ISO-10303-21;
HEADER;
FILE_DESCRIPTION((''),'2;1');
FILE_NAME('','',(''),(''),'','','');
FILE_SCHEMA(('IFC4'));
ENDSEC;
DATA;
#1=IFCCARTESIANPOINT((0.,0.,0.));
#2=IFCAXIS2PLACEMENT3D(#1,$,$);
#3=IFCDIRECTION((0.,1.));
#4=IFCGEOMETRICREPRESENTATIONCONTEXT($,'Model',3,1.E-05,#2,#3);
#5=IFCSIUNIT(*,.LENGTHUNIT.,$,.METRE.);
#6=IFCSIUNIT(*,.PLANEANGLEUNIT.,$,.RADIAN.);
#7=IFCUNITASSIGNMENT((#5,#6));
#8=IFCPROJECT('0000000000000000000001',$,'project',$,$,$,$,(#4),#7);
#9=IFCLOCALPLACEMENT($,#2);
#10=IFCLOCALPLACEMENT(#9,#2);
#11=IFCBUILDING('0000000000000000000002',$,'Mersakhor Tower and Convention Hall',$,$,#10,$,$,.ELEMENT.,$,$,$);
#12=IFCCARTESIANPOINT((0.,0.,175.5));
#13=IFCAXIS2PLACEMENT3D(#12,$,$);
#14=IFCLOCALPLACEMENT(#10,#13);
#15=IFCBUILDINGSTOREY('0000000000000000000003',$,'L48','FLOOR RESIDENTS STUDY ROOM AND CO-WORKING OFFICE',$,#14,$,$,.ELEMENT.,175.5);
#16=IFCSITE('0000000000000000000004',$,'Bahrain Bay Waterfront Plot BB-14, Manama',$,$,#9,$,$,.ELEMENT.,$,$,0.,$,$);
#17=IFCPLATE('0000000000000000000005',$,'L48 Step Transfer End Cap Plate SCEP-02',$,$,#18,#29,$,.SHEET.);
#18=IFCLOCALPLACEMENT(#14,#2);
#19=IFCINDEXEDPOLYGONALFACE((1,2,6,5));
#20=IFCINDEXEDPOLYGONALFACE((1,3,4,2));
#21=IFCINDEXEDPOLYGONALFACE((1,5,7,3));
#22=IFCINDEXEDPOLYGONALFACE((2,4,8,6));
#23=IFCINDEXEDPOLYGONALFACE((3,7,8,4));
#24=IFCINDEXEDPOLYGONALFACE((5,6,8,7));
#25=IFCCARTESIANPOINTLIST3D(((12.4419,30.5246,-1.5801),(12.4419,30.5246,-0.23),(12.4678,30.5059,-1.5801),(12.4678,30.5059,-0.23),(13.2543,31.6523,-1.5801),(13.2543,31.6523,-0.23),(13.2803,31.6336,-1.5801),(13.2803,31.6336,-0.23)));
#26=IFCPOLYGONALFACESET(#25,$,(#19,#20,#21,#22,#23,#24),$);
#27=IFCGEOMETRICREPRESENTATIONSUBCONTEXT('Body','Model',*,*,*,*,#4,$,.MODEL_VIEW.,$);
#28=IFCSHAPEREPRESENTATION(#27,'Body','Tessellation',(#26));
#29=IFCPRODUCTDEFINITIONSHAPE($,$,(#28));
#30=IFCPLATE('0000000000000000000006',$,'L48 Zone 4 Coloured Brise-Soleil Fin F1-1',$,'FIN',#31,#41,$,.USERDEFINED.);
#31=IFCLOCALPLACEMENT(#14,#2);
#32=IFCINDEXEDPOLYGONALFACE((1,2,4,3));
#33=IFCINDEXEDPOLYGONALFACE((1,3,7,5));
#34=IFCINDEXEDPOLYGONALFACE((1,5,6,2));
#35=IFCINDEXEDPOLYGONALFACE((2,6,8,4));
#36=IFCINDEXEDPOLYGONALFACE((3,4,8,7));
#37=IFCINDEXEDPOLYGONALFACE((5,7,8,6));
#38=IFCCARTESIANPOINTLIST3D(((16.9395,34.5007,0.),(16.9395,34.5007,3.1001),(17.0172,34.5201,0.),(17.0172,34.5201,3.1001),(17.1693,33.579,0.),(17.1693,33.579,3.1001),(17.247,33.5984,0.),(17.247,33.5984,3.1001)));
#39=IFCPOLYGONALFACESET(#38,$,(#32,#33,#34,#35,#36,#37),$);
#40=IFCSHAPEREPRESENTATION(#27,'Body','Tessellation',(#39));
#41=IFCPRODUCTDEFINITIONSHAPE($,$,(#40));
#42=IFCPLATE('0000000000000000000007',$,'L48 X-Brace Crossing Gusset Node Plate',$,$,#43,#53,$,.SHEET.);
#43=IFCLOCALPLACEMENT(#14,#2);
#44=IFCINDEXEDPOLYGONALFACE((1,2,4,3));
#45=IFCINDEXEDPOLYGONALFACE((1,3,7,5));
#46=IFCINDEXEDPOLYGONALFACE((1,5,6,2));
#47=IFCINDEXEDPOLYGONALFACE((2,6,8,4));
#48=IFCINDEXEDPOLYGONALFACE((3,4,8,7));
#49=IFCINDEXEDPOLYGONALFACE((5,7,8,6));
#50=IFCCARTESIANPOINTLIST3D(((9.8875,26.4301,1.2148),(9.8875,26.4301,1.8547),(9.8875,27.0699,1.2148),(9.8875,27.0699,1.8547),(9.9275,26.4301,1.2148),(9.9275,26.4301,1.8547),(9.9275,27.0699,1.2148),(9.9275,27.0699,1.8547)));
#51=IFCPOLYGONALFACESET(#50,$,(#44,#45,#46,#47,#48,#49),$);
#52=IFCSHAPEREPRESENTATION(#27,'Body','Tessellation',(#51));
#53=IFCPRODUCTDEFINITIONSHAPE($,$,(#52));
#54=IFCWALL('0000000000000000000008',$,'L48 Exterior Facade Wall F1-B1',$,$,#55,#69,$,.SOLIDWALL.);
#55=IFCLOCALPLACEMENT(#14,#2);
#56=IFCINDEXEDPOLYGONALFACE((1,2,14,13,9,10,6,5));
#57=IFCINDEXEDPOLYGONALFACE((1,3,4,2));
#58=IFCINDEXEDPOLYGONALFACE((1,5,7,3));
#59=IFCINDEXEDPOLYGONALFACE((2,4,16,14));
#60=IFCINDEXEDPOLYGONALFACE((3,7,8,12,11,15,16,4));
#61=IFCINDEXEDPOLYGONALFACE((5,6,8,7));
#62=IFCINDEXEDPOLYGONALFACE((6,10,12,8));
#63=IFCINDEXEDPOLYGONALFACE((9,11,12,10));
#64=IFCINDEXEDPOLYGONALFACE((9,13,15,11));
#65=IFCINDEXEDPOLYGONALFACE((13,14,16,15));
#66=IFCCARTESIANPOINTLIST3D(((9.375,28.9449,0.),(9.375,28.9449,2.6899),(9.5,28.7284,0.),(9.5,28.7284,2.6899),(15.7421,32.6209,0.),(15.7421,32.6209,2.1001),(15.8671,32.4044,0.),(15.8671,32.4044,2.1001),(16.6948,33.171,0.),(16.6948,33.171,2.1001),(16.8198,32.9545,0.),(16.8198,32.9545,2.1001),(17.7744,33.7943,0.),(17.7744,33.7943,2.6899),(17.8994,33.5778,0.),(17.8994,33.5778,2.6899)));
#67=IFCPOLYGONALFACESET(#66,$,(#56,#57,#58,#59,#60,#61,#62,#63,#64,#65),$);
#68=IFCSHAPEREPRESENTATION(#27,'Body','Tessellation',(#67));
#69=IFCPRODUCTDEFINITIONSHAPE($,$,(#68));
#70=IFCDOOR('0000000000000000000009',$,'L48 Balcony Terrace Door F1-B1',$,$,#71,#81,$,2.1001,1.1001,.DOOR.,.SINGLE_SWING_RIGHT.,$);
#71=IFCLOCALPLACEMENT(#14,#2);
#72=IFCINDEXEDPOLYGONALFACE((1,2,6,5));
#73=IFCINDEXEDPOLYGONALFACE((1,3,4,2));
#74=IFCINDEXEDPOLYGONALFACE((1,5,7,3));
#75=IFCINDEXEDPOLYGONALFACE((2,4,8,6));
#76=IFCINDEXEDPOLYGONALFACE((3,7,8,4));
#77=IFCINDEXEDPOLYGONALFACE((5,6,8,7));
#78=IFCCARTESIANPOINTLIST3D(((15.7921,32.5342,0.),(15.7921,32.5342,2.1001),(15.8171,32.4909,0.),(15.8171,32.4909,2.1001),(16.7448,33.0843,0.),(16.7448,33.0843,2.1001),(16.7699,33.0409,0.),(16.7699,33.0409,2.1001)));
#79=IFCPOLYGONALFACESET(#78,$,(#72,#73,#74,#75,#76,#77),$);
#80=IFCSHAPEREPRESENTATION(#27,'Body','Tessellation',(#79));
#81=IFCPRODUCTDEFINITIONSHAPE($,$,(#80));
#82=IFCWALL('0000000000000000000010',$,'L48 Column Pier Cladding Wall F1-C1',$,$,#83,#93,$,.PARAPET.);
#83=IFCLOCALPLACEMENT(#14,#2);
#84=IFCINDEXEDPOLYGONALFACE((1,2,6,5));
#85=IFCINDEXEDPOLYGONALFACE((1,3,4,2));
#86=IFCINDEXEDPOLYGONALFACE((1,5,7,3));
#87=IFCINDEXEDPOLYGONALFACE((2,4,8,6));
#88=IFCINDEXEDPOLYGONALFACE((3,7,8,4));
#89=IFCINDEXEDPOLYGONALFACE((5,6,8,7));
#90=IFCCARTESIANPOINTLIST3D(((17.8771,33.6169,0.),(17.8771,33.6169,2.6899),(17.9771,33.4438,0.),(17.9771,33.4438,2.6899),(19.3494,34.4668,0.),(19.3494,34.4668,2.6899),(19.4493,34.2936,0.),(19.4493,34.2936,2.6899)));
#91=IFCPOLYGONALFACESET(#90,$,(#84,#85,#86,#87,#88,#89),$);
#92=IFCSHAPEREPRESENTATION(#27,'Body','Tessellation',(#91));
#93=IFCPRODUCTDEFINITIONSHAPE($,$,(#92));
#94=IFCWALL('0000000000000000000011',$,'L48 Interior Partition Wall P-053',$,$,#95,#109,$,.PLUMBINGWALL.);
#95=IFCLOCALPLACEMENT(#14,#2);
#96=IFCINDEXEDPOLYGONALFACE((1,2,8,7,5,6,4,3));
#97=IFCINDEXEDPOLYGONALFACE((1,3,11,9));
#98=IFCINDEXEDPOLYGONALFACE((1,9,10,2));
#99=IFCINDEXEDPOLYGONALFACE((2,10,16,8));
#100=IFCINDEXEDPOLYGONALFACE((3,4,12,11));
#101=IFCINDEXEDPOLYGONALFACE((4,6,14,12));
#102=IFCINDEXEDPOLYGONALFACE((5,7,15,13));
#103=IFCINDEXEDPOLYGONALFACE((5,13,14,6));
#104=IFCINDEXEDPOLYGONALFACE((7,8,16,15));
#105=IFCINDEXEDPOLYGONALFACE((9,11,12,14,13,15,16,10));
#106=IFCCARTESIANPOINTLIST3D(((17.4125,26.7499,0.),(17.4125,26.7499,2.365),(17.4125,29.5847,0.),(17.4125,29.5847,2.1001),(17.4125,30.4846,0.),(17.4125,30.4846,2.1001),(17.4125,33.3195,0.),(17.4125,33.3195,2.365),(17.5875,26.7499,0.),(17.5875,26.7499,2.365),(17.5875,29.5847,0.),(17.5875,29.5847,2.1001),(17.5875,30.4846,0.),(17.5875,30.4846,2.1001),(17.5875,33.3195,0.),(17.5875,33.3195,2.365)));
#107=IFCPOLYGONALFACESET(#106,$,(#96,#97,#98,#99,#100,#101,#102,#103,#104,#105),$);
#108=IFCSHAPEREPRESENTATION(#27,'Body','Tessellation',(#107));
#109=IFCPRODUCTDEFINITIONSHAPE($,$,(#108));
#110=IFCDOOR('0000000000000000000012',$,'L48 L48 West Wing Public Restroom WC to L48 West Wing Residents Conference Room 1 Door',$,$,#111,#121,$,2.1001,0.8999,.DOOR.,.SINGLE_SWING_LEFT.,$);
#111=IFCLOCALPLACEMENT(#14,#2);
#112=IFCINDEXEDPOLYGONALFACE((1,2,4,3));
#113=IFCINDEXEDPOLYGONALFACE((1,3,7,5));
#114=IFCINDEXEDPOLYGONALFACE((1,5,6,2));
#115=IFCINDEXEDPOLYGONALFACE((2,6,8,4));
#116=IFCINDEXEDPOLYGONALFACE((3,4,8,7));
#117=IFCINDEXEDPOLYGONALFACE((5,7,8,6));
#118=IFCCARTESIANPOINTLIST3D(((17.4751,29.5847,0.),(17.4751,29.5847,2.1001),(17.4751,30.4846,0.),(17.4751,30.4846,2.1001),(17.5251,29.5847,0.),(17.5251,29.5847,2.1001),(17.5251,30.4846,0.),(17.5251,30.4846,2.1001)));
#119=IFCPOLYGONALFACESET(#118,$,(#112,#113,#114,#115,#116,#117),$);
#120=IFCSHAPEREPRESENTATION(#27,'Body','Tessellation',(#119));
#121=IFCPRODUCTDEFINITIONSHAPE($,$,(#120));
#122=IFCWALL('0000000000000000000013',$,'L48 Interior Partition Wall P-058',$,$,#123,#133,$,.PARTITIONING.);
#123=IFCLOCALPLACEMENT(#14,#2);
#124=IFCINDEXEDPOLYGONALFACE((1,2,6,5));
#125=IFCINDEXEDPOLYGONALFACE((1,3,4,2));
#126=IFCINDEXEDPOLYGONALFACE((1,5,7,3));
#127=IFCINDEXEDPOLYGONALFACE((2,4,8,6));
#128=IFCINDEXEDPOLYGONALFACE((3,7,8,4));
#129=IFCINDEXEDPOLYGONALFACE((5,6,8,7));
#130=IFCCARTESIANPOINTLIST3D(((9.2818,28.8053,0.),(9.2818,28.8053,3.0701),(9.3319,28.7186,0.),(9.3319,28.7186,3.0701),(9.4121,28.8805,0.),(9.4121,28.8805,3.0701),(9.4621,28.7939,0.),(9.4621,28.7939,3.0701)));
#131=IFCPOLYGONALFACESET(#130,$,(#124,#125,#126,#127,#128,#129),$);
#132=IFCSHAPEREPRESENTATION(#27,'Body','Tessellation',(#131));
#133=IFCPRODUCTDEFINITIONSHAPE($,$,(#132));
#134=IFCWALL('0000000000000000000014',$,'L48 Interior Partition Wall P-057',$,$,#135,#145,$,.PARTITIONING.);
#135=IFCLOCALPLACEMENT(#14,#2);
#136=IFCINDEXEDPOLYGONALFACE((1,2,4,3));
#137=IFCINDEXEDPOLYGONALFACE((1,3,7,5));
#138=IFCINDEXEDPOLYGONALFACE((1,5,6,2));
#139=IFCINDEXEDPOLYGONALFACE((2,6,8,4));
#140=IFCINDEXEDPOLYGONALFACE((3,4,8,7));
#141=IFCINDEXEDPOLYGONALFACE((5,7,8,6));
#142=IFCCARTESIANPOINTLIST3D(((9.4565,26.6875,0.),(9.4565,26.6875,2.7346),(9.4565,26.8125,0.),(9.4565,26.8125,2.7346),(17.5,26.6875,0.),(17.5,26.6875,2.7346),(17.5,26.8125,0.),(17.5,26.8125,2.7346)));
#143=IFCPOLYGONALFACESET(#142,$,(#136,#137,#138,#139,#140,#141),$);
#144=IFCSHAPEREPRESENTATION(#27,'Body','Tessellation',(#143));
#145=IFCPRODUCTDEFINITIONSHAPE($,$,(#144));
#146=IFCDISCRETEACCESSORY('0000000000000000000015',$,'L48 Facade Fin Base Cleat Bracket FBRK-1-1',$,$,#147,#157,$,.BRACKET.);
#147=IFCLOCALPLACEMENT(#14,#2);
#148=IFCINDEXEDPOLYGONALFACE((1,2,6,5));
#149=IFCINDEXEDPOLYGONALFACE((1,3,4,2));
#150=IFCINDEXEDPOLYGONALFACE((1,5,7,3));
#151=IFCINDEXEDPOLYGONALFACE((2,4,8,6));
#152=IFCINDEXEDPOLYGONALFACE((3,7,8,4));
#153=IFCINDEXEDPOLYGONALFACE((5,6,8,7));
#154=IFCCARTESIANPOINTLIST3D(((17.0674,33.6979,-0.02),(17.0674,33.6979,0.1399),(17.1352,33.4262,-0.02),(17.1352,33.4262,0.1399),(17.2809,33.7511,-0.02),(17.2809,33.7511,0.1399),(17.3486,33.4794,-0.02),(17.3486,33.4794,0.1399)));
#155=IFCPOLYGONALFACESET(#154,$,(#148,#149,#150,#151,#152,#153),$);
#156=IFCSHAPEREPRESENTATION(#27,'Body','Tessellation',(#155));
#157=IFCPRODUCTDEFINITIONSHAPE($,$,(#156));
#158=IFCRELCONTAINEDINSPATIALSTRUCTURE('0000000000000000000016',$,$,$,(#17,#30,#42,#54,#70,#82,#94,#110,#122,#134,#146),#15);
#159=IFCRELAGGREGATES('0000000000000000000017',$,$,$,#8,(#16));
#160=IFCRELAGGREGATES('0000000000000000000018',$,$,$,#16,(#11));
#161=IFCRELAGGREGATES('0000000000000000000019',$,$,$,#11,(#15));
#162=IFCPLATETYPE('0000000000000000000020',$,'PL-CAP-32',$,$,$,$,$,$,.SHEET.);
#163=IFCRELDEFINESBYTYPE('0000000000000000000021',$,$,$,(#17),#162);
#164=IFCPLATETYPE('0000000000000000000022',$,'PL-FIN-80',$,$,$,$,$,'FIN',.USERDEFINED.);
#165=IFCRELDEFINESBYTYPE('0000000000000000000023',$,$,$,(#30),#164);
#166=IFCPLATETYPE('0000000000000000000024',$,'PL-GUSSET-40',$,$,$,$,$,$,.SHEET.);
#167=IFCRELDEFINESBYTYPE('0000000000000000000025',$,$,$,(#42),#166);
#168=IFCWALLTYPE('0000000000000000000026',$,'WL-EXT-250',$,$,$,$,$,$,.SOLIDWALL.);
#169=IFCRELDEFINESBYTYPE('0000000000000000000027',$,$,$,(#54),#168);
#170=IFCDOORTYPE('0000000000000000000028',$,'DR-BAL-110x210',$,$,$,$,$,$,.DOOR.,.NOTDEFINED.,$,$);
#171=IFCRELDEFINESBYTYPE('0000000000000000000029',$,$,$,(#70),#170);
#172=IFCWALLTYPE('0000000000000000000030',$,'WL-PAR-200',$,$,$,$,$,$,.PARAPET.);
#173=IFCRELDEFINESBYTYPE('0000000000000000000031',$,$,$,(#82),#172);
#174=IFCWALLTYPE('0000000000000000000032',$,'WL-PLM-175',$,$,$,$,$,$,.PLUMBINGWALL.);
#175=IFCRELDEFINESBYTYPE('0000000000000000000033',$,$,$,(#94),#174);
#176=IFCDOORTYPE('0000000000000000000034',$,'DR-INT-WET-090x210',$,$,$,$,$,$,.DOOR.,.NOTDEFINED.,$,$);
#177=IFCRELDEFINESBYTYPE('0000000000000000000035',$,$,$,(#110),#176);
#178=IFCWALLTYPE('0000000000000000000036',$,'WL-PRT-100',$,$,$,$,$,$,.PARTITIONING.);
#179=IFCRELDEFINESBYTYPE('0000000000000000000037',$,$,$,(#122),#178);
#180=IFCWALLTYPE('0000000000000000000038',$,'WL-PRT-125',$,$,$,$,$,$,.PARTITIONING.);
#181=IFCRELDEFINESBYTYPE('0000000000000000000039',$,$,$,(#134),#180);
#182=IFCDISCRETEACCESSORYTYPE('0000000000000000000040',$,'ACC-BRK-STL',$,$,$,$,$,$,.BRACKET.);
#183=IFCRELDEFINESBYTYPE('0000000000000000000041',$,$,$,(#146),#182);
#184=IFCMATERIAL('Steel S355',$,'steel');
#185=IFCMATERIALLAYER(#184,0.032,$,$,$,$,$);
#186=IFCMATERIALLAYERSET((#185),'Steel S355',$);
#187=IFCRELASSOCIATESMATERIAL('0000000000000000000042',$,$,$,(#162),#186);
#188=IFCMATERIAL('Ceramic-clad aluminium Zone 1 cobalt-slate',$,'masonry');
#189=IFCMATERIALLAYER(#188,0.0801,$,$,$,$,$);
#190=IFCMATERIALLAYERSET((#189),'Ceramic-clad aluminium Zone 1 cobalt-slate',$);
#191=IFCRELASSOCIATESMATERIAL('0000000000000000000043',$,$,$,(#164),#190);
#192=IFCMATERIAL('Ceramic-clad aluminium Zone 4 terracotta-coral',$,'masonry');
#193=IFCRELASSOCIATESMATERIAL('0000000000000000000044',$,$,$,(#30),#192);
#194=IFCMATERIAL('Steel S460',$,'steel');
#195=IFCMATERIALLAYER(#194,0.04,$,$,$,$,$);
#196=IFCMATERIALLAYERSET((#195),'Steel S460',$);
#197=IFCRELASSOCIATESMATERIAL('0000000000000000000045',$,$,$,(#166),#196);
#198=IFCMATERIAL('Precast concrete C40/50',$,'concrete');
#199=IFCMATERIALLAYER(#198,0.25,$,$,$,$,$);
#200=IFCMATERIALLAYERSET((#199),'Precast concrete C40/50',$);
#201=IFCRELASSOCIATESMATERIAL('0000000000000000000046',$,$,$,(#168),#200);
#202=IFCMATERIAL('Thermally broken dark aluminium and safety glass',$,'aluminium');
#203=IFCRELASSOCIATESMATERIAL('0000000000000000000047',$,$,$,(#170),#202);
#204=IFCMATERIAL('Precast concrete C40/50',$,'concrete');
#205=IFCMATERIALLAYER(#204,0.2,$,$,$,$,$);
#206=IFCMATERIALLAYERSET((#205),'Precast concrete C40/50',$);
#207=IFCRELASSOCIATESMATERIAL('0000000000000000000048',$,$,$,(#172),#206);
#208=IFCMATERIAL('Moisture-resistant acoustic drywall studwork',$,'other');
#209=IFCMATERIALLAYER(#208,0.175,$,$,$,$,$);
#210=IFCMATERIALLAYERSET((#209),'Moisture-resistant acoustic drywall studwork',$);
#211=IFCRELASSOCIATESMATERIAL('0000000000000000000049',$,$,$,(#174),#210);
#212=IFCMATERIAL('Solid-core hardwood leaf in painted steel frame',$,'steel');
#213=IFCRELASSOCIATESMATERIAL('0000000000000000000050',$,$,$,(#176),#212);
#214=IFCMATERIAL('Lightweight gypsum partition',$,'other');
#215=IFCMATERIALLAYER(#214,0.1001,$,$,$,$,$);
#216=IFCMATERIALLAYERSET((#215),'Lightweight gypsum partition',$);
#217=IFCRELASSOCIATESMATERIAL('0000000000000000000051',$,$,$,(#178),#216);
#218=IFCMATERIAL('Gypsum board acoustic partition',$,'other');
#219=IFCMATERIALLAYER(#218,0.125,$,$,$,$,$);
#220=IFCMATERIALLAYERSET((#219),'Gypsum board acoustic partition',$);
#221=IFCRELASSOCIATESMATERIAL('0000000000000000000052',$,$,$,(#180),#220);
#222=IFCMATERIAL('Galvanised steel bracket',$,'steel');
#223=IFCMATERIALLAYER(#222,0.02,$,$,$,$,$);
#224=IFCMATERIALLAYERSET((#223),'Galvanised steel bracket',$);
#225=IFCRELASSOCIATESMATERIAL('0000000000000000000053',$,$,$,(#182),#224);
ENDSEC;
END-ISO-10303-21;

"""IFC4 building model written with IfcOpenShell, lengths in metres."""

from ifc_helpers import new_model, si_unit, direction, frame, frame_2d, origin, origin_2d, place, context, subcontext, project, spatial, rectangle, extrude, material, layer, layer_set, type_object, element, fill, save


model = new_model("IFC4")

# Units and contexts
model_context = context("Model", 3, precision=1e-05, world=origin(), true_north=direction((0.0, 1.0)))
body_context = subcontext(model_context, "Body", "Model", "MODEL_VIEW")
ifc_project = project(units=[si_unit("LENGTHUNIT", "METRE"), si_unit("PLANEANGLEUNIT", "RADIAN")], contexts=[model_context])

# Site, building, storey
site_placement = place(None, origin())
site = spatial("IfcSite", under=ifc_project, at=site_placement, Name="Bahrain Bay Waterfront Plot BB-14, Manama", CompositionType="ELEMENT", RefElevation=0.0)
building_placement = place(site_placement, origin())
building = spatial("IfcBuilding", under=site, at=building_placement, Name="Mersakhor Tower and Convention Hall", CompositionType="ELEMENT")
storey_placement = place(building_placement, frame((0.0, 0.0, 175.5)))
storey = spatial("IfcBuildingStorey", under=building, at=storey_placement, Name="L48", Description="FLOOR RESIDENTS STUDY ROOM AND CO-WORKING OFFICE", CompositionType="ELEMENT", Elevation=175.5)

# Plates
ifc_material_1 = material(Name="Steel S355", Category="steel")
ifc_layer_1 = layer(ifc_material_1, 0.032)
ifc_layer_set_1 = layer_set([ifc_layer_1], Name="Steel S355")
plate_type_1 = type_object("IfcPlateType", Name="PL-CAP-32", PredefinedType="SHEET", material=ifc_layer_set_1)
for number, where, z_axis, x_axis, name in (
    (1, (12.8611, 31.0791, -1.5801), (0.0, 0.0, 1.0), (0.81137, -0.584533, 0.0), "L48 Step Transfer End Cap Plate SCEP-02"),
):
    element("IfcPlate", number, at=place(storey_placement, frame(where, z_axis=z_axis, x_axis=x_axis)), inside=storey, type_object=plate_type_1, Name=name, PredefinedType="SHEET", context=body_context, shape_type="SweptSolid", body=[
        extrude(rectangle(XDim=0.032, YDim=1.3899, at=origin_2d()), origin(), (0.0, 0.0, 1.0), 1.3501),
    ])
ifc_material_2 = material(Name="Ceramic-clad aluminium Zone 4 terracotta-coral", Category="masonry")
ifc_material_3 = material(Name="Ceramic-clad aluminium Zone 1 cobalt-slate", Category="masonry")
ifc_layer_2 = layer(ifc_material_3, 0.0801)
ifc_layer_set_2 = layer_set([ifc_layer_2], Name="Ceramic-clad aluminium Zone 1 cobalt-slate")
plate_type_2 = type_object("IfcPlateType", Name="PL-FIN-80", ElementType="FIN", PredefinedType="USERDEFINED", material=ifc_layer_set_2)
plate_1_placement = place(storey_placement, frame((17.0933, 34.0496, 0.0), z_axis=(0.0, 0.0, 1.0), x_axis=(-0.241922, 0.970296, 0.0)))
element("IfcPlate", 2, at=plate_1_placement, inside=storey, type_object=plate_type_2, material=ifc_material_2, Name="L48 Zone 4 Coloured Brise-Soleil Fin F1-1", ObjectType="FIN", PredefinedType="USERDEFINED", context=body_context, shape_type="SweptSolid", body=[
    extrude(rectangle(XDim=0.95, YDim=0.0801, at=origin_2d()), origin(), (0.0, 0.0, 1.0), 3.1001),
])
ifc_material_4 = material(Name="Steel S460", Category="steel")
ifc_layer_3 = layer(ifc_material_4, 0.04)
ifc_layer_set_3 = layer_set([ifc_layer_3], Name="Steel S460")
plate_type_3 = type_object("IfcPlateType", Name="PL-GUSSET-40", PredefinedType="SHEET", material=ifc_layer_set_3)
plate_2_placement = place(storey_placement, frame((9.9075, 26.75, 1.2148), z_axis=(0.0, 0.0, 1.0), x_axis=(0.0, -1.0, 0.0)))
element("IfcPlate", 3, at=plate_2_placement, inside=storey, type_object=plate_type_3, Name="L48 X-Brace Crossing Gusset Node Plate", PredefinedType="SHEET", context=body_context, shape_type="SweptSolid", body=[
    extrude(rectangle(XDim=0.6399, YDim=0.04, at=origin_2d()), origin(), (0.0, 0.0, 1.0), 0.6399),
])

# Wall, opening, door
ifc_material_5 = material(Name="Precast concrete C40/50", Category="concrete")
ifc_layer_4 = layer(ifc_material_5, 0.25)
ifc_layer_set_4 = layer_set([ifc_layer_4], Name="Precast concrete C40/50")
wall_type_1 = type_object("IfcWallType", Name="WL-EXT-250", PredefinedType="SOLIDWALL", material=ifc_layer_set_4)
wall_1_placement = place(storey_placement, frame((9.4375, 28.8367, 0.0), z_axis=(0.0, 0.0, 1.0), x_axis=(0.866027, 0.499997, 0.0)))
wall_1 = element("IfcWall", 4, at=wall_1_placement, inside=storey, type_object=wall_type_1, Name="L48 Exterior Facade Wall F1-B1", PredefinedType="SOLIDWALL", context=body_context, shape_type="SweptSolid", body=[
    extrude(rectangle(XDim=9.6987, YDim=0.25, at=frame_2d((4.8494, 0.0))), origin(), (0.0, 0.0, 1.0), 2.6899),
])
opening_1_placement = place(wall_1_placement, frame((7.3521, 0.0, 0.0)))
opening_1 = element("IfcOpeningElement", 5, at=opening_1_placement, cuts=wall_1, PredefinedType="OPENING", context=body_context, shape_type="SweptSolid", body=[
    extrude(rectangle(XDim=1.1001, YDim=2.1001, at=frame_2d((0.55, 1.05))), frame((0.0, 0.135, 0.0), z_axis=(0.0, -1.0, 0.0), x_axis=(1.0, 0.0, 0.0)), (0.0, 0.0, 1.0), 0.27),
])
ifc_material_6 = material(Name="Thermally broken dark aluminium and safety glass", Category="aluminium")
door_type_1 = type_object("IfcDoorType", Name="DR-BAL-110x210", OperationType="NOTDEFINED", PredefinedType="DOOR", material=ifc_material_6)
door_1_placement = place(opening_1_placement, origin())
door_1 = element("IfcDoor", 6, at=door_1_placement, inside=storey, type_object=door_type_1, Name="L48 Balcony Terrace Door F1-B1", OperationType="SINGLE_SWING_RIGHT", OverallHeight=2.1001, OverallWidth=1.1001, PredefinedType="DOOR", context=body_context, shape_type="SweptSolid", body=[
    extrude(rectangle(XDim=1.1001, YDim=2.1001, at=frame_2d((0.55, 1.05))), frame((0.0, 0.0249, 0.0), z_axis=(0.0, -1.0, 0.0), x_axis=(1.0, 0.0, 0.0)), (0.0, 0.0, 1.0), 0.05),
])
fill(opening_1, door_1)

# Wall
ifc_material_7 = material(Name="Precast concrete C40/50", Category="concrete")
ifc_layer_5 = layer(ifc_material_7, 0.2)
ifc_layer_set_5 = layer_set([ifc_layer_5], Name="Precast concrete C40/50")
wall_type_2 = type_object("IfcWallType", Name="WL-PAR-200", PredefinedType="PARAPET", material=ifc_layer_set_5)
wall_2_placement = place(storey_placement, frame((17.927, 33.5303, 0.0), z_axis=(0.0, 0.0, 1.0), x_axis=(0.866052, 0.499955, 0.0)))
element("IfcWall", 7, at=wall_2_placement, inside=storey, type_object=wall_type_2, Name="L48 Column Pier Cladding Wall F1-C1", PredefinedType="PARAPET", context=body_context, shape_type="SweptSolid", body=[
    extrude(rectangle(XDim=1.7, YDim=0.2, at=frame_2d((0.8501, 0.0))), origin(), (0.0, 0.0, 1.0), 2.6899),
])

# Wall, opening, door
ifc_material_8 = material(Name="Moisture-resistant acoustic drywall studwork", Category="other")
ifc_layer_6 = layer(ifc_material_8, 0.175)
ifc_layer_set_6 = layer_set([ifc_layer_6], Name="Moisture-resistant acoustic drywall studwork")
wall_type_3 = type_object("IfcWallType", Name="WL-PLM-175", PredefinedType="PLUMBINGWALL", material=ifc_layer_set_6)
wall_3_placement = place(storey_placement, frame((17.5, 26.75, 0.0), z_axis=(0.0, 0.0, 1.0), x_axis=(0.0, 1.0, 0.0)))
wall_3 = element("IfcWall", 8, at=wall_3_placement, inside=storey, type_object=wall_type_3, Name="L48 Interior Partition Wall P-053", PredefinedType="PLUMBINGWALL", context=body_context, shape_type="SweptSolid", body=[
    extrude(rectangle(XDim=6.5696, YDim=0.175, at=frame_2d((3.2847, 0.0))), origin(), (0.0, 0.0, 1.0), 2.365),
])
opening_2_placement = place(wall_3_placement, frame((2.8347, 0.0, 0.0)))
opening_2 = element("IfcOpeningElement", 9, at=opening_2_placement, cuts=wall_3, PredefinedType="OPENING", context=body_context, shape_type="SweptSolid", body=[
    extrude(rectangle(XDim=0.8999, YDim=2.1001, at=frame_2d((0.45, 1.05))), frame((0.0, 0.0974, 0.0), z_axis=(0.0, -1.0, 0.0), x_axis=(1.0, 0.0, 0.0)), (0.0, 0.0, 1.0), 0.1951),
])
ifc_material_9 = material(Name="Solid-core hardwood leaf in painted steel frame", Category="steel")
door_type_2 = type_object("IfcDoorType", Name="DR-INT-WET-090x210", OperationType="NOTDEFINED", PredefinedType="DOOR", material=ifc_material_9)
door_2_placement = place(opening_2_placement, origin())
door_2 = element("IfcDoor", 10, at=door_2_placement, inside=storey, type_object=door_type_2, Name="L48 L48 West Wing Public Restroom WC to L48 West Wing Residents Conference Room 1 Door", OperationType="SINGLE_SWING_LEFT", OverallHeight=2.1001, OverallWidth=0.8999, PredefinedType="DOOR", context=body_context, shape_type="SweptSolid", body=[
    extrude(rectangle(XDim=0.8999, YDim=2.1001, at=frame_2d((0.45, 1.05))), frame((0.0, 0.0249, 0.0), z_axis=(0.0, -1.0, 0.0), x_axis=(1.0, 0.0, 0.0)), (0.0, 0.0, 1.0), 0.05),
])
fill(opening_2, door_2)

# Walls
ifc_material_10 = material(Name="Lightweight gypsum partition", Category="other")
ifc_layer_7 = layer(ifc_material_10, 0.1001)
ifc_layer_set_7 = layer_set([ifc_layer_7], Name="Lightweight gypsum partition")
wall_type_4 = type_object("IfcWallType", Name="WL-PRT-100", PredefinedType="PARTITIONING", material=ifc_layer_set_7)
wall_4_placement = place(storey_placement, frame((9.3069, 28.762, 0.0), z_axis=(0.0, 0.0, 1.0), x_axis=(0.865834, 0.500332, 0.0)))
element("IfcWall", 11, at=wall_4_placement, inside=storey, type_object=wall_type_4, Name="L48 Interior Partition Wall P-058", PredefinedType="PARTITIONING", context=body_context, shape_type="SweptSolid", body=[
    extrude(rectangle(XDim=0.1504, YDim=0.1001, at=frame_2d((0.0752, 0.0))), origin(), (0.0, 0.0, 1.0), 3.0701),
])
ifc_material_11 = material(Name="Gypsum board acoustic partition", Category="other")
ifc_layer_8 = layer(ifc_material_11, 0.125)
ifc_layer_set_8 = layer_set([ifc_layer_8], Name="Gypsum board acoustic partition")
wall_type_5 = type_object("IfcWallType", Name="WL-PRT-125", PredefinedType="PARTITIONING", material=ifc_layer_set_8)
wall_5_placement = place(storey_placement, frame((17.5, 26.75, 0.0), z_axis=(0.0, 0.0, 1.0), x_axis=(-1.0, 0.0, 0.0)))
element("IfcWall", 12, at=wall_5_placement, inside=storey, type_object=wall_type_5, Name="L48 Interior Partition Wall P-057", PredefinedType="PARTITIONING", context=body_context, shape_type="SweptSolid", body=[
    extrude(rectangle(XDim=8.0435, YDim=0.125, at=frame_2d((4.0217, 0.0))), origin(), (0.0, 0.0, 1.0), 2.7346),
])

# Discrete accessory
ifc_material_12 = material(Name="Galvanised steel bracket", Category="steel")
ifc_layer_9 = layer(ifc_material_12, 0.02)
ifc_layer_set_9 = layer_set([ifc_layer_9], Name="Galvanised steel bracket")
discrete_accessory_type = type_object("IfcDiscreteAccessoryType", Name="ACC-BRK-STL", PredefinedType="BRACKET", material=ifc_layer_set_9)
discrete_accessory_placement = place(storey_placement, frame((17.208, 33.5886, -0.02), z_axis=(0.0, 0.0, 1.0), x_axis=(-0.241922, 0.970296, 0.0)))
element("IfcDiscreteAccessory", 13, at=discrete_accessory_placement, inside=storey, type_object=discrete_accessory_type, Name="L48 Facade Fin Base Cleat Bracket FBRK-1-1", PredefinedType="BRACKET", context=body_context, shape_type="SweptSolid", body=[
    extrude(rectangle(XDim=0.28, YDim=0.22, at=origin_2d()), origin(), (0.0, 0.0, 1.0), 0.1599),
])

save(model, "model.ifc")
